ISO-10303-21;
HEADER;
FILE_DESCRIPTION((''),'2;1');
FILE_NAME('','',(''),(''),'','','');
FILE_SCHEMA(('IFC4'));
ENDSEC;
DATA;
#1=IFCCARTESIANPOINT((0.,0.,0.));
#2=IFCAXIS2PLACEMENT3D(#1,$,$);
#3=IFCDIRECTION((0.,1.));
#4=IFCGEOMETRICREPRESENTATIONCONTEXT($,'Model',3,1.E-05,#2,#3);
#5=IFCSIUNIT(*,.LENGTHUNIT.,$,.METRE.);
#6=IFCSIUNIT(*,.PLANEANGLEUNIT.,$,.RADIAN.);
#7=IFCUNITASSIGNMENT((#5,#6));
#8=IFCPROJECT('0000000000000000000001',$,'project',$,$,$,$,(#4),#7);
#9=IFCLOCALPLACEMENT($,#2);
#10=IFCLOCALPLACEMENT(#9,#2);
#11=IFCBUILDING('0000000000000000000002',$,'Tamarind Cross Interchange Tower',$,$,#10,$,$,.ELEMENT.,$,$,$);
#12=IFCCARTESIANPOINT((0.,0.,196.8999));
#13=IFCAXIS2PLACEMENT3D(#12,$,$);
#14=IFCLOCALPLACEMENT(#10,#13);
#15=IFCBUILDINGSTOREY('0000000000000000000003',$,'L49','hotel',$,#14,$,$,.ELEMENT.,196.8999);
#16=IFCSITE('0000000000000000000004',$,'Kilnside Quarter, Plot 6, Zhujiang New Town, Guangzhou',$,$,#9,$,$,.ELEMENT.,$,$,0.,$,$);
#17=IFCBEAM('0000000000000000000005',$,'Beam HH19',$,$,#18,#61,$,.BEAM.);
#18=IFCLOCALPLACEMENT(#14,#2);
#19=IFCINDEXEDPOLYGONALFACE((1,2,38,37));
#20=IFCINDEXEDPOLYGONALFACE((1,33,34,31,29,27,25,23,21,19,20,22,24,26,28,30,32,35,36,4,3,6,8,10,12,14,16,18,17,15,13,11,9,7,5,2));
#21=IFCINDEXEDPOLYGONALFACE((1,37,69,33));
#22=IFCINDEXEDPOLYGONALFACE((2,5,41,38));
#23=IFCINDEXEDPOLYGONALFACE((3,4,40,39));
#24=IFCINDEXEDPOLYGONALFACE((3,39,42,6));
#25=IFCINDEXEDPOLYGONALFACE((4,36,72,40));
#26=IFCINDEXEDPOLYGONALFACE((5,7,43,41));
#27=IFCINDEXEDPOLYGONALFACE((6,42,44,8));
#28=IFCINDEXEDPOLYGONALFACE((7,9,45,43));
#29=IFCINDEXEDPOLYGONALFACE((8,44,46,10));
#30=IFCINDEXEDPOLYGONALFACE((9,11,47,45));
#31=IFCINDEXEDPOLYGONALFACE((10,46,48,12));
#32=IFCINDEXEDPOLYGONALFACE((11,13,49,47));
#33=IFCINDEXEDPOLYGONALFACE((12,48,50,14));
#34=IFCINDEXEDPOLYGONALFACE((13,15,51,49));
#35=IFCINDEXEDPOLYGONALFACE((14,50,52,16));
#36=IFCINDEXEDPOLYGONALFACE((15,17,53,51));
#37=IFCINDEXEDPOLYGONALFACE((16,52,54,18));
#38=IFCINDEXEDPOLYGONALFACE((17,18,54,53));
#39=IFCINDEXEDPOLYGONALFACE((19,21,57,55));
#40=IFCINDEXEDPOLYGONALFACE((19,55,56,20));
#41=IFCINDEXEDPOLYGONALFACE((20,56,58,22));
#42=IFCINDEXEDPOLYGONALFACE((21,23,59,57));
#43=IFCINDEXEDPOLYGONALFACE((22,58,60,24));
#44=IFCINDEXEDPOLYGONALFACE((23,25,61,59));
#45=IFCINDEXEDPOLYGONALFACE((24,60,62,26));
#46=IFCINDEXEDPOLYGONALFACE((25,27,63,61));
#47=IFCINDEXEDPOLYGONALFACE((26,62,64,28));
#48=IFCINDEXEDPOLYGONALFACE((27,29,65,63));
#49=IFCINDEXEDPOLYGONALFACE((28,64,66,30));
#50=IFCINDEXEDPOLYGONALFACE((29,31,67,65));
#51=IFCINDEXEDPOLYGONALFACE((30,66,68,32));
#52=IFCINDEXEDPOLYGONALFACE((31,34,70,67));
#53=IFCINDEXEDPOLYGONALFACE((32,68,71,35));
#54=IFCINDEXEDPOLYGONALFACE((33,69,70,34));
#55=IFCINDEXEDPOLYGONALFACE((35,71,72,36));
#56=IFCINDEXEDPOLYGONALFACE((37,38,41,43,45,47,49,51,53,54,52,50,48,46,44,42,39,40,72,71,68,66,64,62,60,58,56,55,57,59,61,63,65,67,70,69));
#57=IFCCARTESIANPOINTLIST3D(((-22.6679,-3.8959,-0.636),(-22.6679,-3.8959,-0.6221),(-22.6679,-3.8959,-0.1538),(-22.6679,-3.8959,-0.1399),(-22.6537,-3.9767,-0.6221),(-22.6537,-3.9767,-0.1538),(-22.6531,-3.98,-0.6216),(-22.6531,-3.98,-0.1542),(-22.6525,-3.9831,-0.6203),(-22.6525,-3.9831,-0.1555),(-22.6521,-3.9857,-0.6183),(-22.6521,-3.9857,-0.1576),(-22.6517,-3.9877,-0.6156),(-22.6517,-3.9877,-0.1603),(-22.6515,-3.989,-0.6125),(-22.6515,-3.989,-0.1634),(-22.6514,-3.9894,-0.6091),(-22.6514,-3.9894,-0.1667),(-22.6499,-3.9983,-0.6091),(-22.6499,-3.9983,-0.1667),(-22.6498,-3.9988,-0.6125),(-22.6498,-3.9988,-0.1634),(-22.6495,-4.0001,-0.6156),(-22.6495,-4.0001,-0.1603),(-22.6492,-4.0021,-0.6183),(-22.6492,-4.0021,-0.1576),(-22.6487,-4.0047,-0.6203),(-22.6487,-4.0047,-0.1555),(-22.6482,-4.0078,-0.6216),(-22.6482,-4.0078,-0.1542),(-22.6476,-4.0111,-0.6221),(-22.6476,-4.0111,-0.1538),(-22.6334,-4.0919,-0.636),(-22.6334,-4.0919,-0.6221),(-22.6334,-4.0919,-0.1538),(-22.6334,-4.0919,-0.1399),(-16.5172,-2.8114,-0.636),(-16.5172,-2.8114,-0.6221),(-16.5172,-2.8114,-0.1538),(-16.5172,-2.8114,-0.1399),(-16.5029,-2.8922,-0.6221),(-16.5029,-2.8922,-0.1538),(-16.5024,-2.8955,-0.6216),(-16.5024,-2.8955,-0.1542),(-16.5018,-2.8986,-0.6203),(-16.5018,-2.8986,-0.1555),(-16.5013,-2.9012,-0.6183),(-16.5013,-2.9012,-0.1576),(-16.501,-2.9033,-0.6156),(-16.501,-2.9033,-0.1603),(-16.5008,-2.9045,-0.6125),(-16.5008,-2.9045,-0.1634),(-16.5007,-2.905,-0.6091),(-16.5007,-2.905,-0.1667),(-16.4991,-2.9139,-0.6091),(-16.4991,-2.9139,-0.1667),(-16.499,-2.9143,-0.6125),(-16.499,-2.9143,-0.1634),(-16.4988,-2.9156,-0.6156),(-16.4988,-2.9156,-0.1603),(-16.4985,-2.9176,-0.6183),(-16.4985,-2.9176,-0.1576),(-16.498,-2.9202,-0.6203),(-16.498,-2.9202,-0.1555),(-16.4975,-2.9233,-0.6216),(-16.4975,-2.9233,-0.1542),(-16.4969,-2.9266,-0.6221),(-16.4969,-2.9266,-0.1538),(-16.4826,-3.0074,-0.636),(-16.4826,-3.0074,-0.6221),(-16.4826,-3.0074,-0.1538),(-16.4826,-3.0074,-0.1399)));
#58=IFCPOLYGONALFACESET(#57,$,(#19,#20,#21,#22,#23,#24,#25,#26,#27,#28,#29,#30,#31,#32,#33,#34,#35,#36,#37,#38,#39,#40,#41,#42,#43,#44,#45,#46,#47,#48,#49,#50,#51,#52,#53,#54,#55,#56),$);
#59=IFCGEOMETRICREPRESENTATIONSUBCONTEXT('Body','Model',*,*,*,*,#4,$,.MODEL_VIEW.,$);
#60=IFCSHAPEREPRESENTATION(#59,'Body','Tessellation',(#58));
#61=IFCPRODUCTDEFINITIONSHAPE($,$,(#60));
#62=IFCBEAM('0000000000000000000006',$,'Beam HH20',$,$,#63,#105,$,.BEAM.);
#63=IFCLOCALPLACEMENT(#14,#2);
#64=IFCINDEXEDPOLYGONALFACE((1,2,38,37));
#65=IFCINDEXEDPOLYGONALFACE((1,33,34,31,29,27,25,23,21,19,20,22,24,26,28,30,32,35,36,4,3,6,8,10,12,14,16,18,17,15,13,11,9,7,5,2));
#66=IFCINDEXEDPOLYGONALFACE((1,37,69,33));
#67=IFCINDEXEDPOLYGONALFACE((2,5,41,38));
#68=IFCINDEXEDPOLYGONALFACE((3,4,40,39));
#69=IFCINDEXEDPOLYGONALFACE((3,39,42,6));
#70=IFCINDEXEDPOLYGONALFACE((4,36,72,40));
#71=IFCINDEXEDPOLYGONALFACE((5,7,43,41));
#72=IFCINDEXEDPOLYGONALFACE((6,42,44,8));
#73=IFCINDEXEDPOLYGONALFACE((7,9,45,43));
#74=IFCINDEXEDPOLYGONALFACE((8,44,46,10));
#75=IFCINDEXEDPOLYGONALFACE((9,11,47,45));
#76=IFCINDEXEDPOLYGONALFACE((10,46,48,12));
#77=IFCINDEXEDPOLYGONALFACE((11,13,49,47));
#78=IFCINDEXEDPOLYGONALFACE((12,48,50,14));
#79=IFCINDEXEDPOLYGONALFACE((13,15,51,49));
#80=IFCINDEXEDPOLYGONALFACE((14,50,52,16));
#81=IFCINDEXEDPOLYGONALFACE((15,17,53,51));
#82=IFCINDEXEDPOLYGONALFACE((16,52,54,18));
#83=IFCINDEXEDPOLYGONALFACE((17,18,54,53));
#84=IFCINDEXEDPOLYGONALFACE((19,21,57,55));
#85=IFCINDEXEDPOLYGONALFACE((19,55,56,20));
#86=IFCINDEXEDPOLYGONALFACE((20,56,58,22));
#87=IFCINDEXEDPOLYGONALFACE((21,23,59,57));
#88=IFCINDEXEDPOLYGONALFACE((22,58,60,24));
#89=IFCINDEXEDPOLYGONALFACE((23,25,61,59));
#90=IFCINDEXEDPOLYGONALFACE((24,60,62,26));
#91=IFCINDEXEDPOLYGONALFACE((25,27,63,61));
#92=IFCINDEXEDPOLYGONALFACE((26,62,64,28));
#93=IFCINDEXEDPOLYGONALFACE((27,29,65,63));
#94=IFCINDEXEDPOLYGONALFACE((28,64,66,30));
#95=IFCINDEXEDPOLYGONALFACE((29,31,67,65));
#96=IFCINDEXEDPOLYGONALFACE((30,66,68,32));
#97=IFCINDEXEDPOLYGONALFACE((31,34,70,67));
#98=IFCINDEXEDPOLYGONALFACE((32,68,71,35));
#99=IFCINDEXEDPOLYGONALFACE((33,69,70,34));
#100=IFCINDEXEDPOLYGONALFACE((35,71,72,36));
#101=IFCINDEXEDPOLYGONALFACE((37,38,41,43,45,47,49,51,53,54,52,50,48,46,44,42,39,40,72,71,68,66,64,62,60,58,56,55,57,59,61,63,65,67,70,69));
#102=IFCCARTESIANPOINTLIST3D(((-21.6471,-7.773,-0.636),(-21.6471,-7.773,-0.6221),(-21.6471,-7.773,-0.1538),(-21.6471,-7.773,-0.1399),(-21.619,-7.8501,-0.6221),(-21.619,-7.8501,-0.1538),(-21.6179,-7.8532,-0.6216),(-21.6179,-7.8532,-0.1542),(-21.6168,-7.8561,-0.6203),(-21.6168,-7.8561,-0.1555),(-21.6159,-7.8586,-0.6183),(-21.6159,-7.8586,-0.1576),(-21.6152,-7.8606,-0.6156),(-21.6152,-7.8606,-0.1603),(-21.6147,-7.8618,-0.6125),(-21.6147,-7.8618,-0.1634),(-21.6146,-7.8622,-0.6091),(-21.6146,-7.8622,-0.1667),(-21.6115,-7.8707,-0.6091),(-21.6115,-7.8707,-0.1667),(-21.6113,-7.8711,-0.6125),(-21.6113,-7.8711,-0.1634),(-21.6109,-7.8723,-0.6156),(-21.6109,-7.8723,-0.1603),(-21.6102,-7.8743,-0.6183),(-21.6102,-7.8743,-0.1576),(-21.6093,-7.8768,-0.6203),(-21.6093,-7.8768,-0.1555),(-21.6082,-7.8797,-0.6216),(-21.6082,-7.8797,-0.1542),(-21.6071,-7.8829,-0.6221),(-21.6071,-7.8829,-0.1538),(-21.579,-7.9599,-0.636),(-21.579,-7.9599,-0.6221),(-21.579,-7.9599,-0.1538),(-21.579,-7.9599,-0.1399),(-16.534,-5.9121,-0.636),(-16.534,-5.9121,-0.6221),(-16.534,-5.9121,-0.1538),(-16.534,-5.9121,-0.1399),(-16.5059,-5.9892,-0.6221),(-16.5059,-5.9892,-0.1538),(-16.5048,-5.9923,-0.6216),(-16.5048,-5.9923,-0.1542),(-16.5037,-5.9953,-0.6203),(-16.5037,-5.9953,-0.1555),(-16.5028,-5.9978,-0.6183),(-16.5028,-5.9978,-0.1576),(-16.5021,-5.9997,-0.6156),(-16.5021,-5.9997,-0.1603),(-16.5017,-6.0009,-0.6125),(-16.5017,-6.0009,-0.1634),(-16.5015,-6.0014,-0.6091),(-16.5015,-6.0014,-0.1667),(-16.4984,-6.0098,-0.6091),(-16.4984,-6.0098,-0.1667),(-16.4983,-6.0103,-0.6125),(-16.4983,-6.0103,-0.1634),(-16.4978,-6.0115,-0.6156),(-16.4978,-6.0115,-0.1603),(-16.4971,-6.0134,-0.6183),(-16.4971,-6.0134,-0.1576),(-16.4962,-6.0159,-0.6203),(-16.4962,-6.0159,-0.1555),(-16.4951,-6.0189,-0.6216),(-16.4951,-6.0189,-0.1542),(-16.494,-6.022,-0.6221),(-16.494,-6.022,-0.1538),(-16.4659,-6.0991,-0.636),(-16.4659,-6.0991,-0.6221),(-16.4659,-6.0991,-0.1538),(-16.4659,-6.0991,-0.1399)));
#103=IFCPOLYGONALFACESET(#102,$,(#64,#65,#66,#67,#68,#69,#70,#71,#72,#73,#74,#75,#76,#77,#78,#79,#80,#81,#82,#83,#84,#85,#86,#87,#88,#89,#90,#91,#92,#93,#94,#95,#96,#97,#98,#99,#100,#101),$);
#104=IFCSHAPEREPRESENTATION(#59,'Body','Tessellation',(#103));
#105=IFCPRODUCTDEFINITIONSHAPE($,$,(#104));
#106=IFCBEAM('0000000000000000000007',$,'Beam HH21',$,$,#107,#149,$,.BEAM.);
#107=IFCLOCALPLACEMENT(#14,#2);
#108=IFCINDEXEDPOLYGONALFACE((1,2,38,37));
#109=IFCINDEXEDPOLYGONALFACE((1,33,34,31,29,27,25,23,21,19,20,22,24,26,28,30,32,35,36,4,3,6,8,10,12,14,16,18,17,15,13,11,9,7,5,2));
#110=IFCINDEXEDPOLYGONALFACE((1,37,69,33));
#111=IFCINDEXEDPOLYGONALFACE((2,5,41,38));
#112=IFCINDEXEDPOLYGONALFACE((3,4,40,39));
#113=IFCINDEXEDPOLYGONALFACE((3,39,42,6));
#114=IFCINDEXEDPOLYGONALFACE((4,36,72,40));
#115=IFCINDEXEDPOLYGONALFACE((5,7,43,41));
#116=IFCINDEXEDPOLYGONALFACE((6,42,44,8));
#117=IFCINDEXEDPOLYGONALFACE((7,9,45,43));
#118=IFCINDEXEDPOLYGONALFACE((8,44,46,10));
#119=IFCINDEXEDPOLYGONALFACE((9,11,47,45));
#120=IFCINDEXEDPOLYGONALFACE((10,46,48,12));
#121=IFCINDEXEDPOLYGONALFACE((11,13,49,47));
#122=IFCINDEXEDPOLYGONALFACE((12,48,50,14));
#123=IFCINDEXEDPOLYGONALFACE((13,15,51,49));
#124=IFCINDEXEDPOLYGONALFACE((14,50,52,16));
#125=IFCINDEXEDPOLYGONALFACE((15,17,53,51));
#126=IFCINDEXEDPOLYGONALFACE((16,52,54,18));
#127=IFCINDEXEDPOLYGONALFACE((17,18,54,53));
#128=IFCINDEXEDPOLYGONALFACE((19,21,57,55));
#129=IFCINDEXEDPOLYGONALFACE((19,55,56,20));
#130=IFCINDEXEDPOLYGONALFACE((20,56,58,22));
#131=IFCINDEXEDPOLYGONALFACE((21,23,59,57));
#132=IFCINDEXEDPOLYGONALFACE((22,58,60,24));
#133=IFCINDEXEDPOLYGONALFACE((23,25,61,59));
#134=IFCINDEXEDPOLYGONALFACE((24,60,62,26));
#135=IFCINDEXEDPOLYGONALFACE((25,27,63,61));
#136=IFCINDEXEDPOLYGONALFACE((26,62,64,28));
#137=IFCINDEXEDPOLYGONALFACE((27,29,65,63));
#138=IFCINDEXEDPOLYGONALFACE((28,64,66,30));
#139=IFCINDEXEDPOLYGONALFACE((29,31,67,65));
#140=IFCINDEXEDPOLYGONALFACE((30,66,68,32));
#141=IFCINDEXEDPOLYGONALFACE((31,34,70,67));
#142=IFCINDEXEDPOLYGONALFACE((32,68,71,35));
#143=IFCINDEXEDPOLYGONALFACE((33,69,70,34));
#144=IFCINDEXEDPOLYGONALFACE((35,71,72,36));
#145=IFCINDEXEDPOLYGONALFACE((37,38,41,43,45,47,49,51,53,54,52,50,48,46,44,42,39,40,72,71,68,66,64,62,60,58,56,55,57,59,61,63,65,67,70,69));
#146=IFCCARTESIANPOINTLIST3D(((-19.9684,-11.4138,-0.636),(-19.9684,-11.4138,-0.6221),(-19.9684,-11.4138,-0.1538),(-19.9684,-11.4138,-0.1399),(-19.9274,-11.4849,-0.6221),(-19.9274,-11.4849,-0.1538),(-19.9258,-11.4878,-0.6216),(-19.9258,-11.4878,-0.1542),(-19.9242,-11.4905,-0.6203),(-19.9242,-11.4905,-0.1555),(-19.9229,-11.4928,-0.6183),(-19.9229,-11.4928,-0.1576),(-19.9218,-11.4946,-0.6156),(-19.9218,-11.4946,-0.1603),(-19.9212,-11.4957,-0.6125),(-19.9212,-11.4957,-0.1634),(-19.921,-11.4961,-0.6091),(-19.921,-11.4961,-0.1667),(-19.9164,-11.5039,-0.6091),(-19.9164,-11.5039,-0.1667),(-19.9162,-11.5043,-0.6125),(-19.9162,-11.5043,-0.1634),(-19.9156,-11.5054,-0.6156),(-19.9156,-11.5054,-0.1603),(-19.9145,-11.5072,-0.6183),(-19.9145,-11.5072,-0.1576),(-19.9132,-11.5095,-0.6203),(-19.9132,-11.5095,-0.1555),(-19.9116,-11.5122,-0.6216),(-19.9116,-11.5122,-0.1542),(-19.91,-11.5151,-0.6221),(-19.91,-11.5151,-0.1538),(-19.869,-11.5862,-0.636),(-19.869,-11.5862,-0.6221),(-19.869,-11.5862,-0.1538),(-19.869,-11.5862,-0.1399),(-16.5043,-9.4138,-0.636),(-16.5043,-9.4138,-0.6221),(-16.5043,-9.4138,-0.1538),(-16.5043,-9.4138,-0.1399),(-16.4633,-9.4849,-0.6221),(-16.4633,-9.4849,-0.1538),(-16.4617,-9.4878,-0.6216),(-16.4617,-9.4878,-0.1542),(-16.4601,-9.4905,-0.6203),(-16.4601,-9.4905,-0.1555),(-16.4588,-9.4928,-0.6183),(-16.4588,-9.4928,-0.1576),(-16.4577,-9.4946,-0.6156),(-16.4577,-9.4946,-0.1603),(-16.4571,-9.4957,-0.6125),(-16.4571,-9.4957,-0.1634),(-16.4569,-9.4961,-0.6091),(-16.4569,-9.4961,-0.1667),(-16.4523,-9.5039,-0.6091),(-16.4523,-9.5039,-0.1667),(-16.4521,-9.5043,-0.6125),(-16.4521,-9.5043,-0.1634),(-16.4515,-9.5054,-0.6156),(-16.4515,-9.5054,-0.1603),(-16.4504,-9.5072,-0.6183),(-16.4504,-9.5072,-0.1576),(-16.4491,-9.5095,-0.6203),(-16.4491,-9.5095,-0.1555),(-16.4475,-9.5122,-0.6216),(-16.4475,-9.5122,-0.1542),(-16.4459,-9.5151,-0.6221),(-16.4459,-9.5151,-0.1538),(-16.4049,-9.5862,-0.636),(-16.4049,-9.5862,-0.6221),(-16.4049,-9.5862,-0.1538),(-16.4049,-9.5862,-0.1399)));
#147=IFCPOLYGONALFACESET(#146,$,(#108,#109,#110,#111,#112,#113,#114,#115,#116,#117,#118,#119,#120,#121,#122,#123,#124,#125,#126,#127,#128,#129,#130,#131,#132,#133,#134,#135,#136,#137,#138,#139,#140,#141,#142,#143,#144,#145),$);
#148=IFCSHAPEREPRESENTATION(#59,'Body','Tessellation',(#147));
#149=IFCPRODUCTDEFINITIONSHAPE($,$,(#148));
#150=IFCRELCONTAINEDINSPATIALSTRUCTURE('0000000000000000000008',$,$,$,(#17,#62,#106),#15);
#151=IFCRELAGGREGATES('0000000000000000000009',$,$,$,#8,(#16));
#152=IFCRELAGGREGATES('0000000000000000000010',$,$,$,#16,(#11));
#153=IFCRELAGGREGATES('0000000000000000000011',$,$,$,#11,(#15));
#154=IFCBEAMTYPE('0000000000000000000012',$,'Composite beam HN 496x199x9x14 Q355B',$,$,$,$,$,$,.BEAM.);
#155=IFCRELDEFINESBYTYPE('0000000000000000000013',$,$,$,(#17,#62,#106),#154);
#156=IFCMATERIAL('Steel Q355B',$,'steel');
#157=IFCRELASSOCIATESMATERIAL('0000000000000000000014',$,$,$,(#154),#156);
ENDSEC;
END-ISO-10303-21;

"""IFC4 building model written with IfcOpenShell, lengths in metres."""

from ifc_helpers import new_model, si_unit, direction, frame, origin, origin_2d, place, context, subcontext, project, spatial, i_section, extrude, material, material_profile, profile_set, type_object, element, save


model = new_model("IFC4")

# Units and contexts
model_context = context("Model", 3, precision=1e-05, world=origin(), true_north=direction((0.0, 1.0)))
body_context = subcontext(model_context, "Body", "Model", "MODEL_VIEW")
ifc_project = project(units=[si_unit("LENGTHUNIT", "METRE"), si_unit("PLANEANGLEUNIT", "RADIAN")], contexts=[model_context])

# Site, building, storey
site_placement = place(None, origin())
site = spatial("IfcSite", under=ifc_project, at=site_placement, Name="Kilnside Quarter, Plot 6, Zhujiang New Town, Guangzhou", CompositionType="ELEMENT", RefElevation=0.0)
building_placement = place(site_placement, origin())
building = spatial("IfcBuilding", under=site, at=building_placement, Name="Tamarind Cross Interchange Tower", CompositionType="ELEMENT")
storey_placement = place(building_placement, frame((0.0, 0.0, 196.8999)))
storey = spatial("IfcBuildingStorey", under=building, at=storey_placement, Name="L49", Description="hotel", CompositionType="ELEMENT", Elevation=196.8999)

# Beams
ifc_material_1 = material(Name="Steel Q355B", Category="steel")
ifc_material_profile_1 = material_profile(ifc_material_1, i_section(OverallWidth=0.199, OverallDepth=0.4961, WebThickness=0.009, FlangeThickness=0.0139, FilletRadius=0.0129, at=origin_2d()), Name="HN 496x199x9x14")
ifc_profile_set_1 = profile_set([ifc_material_profile_1], Name="Steel Q355B")
beam_type = type_object("IfcBeamType", Name="Composite beam HN 496x199x9x14 Q355B", PredefinedType="BEAM", material=ifc_profile_set_1)
beam_1_placement = place(storey_placement, frame((-22.6506, -3.9939, -0.3879), z_axis=(0.984809, 0.17364, 0.0), x_axis=(-0.17364, 0.984809, 0.0)))
element("IfcBeam", 1, at=beam_1_placement, inside=storey, type_object=beam_type, Name="Beam HH19", PredefinedType="BEAM", context=body_context, shape_type="SweptSolid", body=[
    extrude(i_section(OverallWidth=0.199, OverallDepth=0.4961, WebThickness=0.009, FlangeThickness=0.0139, FilletRadius=0.0129, at=origin_2d()), origin(), (0.0, 0.0, 1.0), 6.2456),
])
beam_2_placement = place(storey_placement, frame((-21.613, -7.8665, -0.3879), z_axis=(0.939702, 0.341995, 0.0), x_axis=(-0.341995, 0.939702, 0.0)))
element("IfcBeam", 2, at=beam_2_placement, inside=storey, type_object=beam_type, Name="Beam HH20", PredefinedType="BEAM", context=body_context, shape_type="SweptSolid", body=[
    extrude(i_section(OverallWidth=0.199, OverallDepth=0.4961, WebThickness=0.009, FlangeThickness=0.0139, FilletRadius=0.0129, at=origin_2d()), origin(), (0.0, 0.0, 1.0), 5.4412),
])
beam_3_placement = place(storey_placement, frame((-19.9187, -11.5, -0.3879), z_axis=(0.866026, 0.499999, 0.0), x_axis=(-0.499999, 0.866026, 0.0)))
element("IfcBeam", 3, at=beam_3_placement, inside=storey, type_object=beam_type, Name="Beam HH21", PredefinedType="BEAM", context=body_context, shape_type="SweptSolid", body=[
    extrude(i_section(OverallWidth=0.199, OverallDepth=0.4961, WebThickness=0.009, FlangeThickness=0.0139, FilletRadius=0.0129, at=origin_2d()), origin(), (0.0, 0.0, 1.0), 4.0),
])

save(model, "model.ifc")
